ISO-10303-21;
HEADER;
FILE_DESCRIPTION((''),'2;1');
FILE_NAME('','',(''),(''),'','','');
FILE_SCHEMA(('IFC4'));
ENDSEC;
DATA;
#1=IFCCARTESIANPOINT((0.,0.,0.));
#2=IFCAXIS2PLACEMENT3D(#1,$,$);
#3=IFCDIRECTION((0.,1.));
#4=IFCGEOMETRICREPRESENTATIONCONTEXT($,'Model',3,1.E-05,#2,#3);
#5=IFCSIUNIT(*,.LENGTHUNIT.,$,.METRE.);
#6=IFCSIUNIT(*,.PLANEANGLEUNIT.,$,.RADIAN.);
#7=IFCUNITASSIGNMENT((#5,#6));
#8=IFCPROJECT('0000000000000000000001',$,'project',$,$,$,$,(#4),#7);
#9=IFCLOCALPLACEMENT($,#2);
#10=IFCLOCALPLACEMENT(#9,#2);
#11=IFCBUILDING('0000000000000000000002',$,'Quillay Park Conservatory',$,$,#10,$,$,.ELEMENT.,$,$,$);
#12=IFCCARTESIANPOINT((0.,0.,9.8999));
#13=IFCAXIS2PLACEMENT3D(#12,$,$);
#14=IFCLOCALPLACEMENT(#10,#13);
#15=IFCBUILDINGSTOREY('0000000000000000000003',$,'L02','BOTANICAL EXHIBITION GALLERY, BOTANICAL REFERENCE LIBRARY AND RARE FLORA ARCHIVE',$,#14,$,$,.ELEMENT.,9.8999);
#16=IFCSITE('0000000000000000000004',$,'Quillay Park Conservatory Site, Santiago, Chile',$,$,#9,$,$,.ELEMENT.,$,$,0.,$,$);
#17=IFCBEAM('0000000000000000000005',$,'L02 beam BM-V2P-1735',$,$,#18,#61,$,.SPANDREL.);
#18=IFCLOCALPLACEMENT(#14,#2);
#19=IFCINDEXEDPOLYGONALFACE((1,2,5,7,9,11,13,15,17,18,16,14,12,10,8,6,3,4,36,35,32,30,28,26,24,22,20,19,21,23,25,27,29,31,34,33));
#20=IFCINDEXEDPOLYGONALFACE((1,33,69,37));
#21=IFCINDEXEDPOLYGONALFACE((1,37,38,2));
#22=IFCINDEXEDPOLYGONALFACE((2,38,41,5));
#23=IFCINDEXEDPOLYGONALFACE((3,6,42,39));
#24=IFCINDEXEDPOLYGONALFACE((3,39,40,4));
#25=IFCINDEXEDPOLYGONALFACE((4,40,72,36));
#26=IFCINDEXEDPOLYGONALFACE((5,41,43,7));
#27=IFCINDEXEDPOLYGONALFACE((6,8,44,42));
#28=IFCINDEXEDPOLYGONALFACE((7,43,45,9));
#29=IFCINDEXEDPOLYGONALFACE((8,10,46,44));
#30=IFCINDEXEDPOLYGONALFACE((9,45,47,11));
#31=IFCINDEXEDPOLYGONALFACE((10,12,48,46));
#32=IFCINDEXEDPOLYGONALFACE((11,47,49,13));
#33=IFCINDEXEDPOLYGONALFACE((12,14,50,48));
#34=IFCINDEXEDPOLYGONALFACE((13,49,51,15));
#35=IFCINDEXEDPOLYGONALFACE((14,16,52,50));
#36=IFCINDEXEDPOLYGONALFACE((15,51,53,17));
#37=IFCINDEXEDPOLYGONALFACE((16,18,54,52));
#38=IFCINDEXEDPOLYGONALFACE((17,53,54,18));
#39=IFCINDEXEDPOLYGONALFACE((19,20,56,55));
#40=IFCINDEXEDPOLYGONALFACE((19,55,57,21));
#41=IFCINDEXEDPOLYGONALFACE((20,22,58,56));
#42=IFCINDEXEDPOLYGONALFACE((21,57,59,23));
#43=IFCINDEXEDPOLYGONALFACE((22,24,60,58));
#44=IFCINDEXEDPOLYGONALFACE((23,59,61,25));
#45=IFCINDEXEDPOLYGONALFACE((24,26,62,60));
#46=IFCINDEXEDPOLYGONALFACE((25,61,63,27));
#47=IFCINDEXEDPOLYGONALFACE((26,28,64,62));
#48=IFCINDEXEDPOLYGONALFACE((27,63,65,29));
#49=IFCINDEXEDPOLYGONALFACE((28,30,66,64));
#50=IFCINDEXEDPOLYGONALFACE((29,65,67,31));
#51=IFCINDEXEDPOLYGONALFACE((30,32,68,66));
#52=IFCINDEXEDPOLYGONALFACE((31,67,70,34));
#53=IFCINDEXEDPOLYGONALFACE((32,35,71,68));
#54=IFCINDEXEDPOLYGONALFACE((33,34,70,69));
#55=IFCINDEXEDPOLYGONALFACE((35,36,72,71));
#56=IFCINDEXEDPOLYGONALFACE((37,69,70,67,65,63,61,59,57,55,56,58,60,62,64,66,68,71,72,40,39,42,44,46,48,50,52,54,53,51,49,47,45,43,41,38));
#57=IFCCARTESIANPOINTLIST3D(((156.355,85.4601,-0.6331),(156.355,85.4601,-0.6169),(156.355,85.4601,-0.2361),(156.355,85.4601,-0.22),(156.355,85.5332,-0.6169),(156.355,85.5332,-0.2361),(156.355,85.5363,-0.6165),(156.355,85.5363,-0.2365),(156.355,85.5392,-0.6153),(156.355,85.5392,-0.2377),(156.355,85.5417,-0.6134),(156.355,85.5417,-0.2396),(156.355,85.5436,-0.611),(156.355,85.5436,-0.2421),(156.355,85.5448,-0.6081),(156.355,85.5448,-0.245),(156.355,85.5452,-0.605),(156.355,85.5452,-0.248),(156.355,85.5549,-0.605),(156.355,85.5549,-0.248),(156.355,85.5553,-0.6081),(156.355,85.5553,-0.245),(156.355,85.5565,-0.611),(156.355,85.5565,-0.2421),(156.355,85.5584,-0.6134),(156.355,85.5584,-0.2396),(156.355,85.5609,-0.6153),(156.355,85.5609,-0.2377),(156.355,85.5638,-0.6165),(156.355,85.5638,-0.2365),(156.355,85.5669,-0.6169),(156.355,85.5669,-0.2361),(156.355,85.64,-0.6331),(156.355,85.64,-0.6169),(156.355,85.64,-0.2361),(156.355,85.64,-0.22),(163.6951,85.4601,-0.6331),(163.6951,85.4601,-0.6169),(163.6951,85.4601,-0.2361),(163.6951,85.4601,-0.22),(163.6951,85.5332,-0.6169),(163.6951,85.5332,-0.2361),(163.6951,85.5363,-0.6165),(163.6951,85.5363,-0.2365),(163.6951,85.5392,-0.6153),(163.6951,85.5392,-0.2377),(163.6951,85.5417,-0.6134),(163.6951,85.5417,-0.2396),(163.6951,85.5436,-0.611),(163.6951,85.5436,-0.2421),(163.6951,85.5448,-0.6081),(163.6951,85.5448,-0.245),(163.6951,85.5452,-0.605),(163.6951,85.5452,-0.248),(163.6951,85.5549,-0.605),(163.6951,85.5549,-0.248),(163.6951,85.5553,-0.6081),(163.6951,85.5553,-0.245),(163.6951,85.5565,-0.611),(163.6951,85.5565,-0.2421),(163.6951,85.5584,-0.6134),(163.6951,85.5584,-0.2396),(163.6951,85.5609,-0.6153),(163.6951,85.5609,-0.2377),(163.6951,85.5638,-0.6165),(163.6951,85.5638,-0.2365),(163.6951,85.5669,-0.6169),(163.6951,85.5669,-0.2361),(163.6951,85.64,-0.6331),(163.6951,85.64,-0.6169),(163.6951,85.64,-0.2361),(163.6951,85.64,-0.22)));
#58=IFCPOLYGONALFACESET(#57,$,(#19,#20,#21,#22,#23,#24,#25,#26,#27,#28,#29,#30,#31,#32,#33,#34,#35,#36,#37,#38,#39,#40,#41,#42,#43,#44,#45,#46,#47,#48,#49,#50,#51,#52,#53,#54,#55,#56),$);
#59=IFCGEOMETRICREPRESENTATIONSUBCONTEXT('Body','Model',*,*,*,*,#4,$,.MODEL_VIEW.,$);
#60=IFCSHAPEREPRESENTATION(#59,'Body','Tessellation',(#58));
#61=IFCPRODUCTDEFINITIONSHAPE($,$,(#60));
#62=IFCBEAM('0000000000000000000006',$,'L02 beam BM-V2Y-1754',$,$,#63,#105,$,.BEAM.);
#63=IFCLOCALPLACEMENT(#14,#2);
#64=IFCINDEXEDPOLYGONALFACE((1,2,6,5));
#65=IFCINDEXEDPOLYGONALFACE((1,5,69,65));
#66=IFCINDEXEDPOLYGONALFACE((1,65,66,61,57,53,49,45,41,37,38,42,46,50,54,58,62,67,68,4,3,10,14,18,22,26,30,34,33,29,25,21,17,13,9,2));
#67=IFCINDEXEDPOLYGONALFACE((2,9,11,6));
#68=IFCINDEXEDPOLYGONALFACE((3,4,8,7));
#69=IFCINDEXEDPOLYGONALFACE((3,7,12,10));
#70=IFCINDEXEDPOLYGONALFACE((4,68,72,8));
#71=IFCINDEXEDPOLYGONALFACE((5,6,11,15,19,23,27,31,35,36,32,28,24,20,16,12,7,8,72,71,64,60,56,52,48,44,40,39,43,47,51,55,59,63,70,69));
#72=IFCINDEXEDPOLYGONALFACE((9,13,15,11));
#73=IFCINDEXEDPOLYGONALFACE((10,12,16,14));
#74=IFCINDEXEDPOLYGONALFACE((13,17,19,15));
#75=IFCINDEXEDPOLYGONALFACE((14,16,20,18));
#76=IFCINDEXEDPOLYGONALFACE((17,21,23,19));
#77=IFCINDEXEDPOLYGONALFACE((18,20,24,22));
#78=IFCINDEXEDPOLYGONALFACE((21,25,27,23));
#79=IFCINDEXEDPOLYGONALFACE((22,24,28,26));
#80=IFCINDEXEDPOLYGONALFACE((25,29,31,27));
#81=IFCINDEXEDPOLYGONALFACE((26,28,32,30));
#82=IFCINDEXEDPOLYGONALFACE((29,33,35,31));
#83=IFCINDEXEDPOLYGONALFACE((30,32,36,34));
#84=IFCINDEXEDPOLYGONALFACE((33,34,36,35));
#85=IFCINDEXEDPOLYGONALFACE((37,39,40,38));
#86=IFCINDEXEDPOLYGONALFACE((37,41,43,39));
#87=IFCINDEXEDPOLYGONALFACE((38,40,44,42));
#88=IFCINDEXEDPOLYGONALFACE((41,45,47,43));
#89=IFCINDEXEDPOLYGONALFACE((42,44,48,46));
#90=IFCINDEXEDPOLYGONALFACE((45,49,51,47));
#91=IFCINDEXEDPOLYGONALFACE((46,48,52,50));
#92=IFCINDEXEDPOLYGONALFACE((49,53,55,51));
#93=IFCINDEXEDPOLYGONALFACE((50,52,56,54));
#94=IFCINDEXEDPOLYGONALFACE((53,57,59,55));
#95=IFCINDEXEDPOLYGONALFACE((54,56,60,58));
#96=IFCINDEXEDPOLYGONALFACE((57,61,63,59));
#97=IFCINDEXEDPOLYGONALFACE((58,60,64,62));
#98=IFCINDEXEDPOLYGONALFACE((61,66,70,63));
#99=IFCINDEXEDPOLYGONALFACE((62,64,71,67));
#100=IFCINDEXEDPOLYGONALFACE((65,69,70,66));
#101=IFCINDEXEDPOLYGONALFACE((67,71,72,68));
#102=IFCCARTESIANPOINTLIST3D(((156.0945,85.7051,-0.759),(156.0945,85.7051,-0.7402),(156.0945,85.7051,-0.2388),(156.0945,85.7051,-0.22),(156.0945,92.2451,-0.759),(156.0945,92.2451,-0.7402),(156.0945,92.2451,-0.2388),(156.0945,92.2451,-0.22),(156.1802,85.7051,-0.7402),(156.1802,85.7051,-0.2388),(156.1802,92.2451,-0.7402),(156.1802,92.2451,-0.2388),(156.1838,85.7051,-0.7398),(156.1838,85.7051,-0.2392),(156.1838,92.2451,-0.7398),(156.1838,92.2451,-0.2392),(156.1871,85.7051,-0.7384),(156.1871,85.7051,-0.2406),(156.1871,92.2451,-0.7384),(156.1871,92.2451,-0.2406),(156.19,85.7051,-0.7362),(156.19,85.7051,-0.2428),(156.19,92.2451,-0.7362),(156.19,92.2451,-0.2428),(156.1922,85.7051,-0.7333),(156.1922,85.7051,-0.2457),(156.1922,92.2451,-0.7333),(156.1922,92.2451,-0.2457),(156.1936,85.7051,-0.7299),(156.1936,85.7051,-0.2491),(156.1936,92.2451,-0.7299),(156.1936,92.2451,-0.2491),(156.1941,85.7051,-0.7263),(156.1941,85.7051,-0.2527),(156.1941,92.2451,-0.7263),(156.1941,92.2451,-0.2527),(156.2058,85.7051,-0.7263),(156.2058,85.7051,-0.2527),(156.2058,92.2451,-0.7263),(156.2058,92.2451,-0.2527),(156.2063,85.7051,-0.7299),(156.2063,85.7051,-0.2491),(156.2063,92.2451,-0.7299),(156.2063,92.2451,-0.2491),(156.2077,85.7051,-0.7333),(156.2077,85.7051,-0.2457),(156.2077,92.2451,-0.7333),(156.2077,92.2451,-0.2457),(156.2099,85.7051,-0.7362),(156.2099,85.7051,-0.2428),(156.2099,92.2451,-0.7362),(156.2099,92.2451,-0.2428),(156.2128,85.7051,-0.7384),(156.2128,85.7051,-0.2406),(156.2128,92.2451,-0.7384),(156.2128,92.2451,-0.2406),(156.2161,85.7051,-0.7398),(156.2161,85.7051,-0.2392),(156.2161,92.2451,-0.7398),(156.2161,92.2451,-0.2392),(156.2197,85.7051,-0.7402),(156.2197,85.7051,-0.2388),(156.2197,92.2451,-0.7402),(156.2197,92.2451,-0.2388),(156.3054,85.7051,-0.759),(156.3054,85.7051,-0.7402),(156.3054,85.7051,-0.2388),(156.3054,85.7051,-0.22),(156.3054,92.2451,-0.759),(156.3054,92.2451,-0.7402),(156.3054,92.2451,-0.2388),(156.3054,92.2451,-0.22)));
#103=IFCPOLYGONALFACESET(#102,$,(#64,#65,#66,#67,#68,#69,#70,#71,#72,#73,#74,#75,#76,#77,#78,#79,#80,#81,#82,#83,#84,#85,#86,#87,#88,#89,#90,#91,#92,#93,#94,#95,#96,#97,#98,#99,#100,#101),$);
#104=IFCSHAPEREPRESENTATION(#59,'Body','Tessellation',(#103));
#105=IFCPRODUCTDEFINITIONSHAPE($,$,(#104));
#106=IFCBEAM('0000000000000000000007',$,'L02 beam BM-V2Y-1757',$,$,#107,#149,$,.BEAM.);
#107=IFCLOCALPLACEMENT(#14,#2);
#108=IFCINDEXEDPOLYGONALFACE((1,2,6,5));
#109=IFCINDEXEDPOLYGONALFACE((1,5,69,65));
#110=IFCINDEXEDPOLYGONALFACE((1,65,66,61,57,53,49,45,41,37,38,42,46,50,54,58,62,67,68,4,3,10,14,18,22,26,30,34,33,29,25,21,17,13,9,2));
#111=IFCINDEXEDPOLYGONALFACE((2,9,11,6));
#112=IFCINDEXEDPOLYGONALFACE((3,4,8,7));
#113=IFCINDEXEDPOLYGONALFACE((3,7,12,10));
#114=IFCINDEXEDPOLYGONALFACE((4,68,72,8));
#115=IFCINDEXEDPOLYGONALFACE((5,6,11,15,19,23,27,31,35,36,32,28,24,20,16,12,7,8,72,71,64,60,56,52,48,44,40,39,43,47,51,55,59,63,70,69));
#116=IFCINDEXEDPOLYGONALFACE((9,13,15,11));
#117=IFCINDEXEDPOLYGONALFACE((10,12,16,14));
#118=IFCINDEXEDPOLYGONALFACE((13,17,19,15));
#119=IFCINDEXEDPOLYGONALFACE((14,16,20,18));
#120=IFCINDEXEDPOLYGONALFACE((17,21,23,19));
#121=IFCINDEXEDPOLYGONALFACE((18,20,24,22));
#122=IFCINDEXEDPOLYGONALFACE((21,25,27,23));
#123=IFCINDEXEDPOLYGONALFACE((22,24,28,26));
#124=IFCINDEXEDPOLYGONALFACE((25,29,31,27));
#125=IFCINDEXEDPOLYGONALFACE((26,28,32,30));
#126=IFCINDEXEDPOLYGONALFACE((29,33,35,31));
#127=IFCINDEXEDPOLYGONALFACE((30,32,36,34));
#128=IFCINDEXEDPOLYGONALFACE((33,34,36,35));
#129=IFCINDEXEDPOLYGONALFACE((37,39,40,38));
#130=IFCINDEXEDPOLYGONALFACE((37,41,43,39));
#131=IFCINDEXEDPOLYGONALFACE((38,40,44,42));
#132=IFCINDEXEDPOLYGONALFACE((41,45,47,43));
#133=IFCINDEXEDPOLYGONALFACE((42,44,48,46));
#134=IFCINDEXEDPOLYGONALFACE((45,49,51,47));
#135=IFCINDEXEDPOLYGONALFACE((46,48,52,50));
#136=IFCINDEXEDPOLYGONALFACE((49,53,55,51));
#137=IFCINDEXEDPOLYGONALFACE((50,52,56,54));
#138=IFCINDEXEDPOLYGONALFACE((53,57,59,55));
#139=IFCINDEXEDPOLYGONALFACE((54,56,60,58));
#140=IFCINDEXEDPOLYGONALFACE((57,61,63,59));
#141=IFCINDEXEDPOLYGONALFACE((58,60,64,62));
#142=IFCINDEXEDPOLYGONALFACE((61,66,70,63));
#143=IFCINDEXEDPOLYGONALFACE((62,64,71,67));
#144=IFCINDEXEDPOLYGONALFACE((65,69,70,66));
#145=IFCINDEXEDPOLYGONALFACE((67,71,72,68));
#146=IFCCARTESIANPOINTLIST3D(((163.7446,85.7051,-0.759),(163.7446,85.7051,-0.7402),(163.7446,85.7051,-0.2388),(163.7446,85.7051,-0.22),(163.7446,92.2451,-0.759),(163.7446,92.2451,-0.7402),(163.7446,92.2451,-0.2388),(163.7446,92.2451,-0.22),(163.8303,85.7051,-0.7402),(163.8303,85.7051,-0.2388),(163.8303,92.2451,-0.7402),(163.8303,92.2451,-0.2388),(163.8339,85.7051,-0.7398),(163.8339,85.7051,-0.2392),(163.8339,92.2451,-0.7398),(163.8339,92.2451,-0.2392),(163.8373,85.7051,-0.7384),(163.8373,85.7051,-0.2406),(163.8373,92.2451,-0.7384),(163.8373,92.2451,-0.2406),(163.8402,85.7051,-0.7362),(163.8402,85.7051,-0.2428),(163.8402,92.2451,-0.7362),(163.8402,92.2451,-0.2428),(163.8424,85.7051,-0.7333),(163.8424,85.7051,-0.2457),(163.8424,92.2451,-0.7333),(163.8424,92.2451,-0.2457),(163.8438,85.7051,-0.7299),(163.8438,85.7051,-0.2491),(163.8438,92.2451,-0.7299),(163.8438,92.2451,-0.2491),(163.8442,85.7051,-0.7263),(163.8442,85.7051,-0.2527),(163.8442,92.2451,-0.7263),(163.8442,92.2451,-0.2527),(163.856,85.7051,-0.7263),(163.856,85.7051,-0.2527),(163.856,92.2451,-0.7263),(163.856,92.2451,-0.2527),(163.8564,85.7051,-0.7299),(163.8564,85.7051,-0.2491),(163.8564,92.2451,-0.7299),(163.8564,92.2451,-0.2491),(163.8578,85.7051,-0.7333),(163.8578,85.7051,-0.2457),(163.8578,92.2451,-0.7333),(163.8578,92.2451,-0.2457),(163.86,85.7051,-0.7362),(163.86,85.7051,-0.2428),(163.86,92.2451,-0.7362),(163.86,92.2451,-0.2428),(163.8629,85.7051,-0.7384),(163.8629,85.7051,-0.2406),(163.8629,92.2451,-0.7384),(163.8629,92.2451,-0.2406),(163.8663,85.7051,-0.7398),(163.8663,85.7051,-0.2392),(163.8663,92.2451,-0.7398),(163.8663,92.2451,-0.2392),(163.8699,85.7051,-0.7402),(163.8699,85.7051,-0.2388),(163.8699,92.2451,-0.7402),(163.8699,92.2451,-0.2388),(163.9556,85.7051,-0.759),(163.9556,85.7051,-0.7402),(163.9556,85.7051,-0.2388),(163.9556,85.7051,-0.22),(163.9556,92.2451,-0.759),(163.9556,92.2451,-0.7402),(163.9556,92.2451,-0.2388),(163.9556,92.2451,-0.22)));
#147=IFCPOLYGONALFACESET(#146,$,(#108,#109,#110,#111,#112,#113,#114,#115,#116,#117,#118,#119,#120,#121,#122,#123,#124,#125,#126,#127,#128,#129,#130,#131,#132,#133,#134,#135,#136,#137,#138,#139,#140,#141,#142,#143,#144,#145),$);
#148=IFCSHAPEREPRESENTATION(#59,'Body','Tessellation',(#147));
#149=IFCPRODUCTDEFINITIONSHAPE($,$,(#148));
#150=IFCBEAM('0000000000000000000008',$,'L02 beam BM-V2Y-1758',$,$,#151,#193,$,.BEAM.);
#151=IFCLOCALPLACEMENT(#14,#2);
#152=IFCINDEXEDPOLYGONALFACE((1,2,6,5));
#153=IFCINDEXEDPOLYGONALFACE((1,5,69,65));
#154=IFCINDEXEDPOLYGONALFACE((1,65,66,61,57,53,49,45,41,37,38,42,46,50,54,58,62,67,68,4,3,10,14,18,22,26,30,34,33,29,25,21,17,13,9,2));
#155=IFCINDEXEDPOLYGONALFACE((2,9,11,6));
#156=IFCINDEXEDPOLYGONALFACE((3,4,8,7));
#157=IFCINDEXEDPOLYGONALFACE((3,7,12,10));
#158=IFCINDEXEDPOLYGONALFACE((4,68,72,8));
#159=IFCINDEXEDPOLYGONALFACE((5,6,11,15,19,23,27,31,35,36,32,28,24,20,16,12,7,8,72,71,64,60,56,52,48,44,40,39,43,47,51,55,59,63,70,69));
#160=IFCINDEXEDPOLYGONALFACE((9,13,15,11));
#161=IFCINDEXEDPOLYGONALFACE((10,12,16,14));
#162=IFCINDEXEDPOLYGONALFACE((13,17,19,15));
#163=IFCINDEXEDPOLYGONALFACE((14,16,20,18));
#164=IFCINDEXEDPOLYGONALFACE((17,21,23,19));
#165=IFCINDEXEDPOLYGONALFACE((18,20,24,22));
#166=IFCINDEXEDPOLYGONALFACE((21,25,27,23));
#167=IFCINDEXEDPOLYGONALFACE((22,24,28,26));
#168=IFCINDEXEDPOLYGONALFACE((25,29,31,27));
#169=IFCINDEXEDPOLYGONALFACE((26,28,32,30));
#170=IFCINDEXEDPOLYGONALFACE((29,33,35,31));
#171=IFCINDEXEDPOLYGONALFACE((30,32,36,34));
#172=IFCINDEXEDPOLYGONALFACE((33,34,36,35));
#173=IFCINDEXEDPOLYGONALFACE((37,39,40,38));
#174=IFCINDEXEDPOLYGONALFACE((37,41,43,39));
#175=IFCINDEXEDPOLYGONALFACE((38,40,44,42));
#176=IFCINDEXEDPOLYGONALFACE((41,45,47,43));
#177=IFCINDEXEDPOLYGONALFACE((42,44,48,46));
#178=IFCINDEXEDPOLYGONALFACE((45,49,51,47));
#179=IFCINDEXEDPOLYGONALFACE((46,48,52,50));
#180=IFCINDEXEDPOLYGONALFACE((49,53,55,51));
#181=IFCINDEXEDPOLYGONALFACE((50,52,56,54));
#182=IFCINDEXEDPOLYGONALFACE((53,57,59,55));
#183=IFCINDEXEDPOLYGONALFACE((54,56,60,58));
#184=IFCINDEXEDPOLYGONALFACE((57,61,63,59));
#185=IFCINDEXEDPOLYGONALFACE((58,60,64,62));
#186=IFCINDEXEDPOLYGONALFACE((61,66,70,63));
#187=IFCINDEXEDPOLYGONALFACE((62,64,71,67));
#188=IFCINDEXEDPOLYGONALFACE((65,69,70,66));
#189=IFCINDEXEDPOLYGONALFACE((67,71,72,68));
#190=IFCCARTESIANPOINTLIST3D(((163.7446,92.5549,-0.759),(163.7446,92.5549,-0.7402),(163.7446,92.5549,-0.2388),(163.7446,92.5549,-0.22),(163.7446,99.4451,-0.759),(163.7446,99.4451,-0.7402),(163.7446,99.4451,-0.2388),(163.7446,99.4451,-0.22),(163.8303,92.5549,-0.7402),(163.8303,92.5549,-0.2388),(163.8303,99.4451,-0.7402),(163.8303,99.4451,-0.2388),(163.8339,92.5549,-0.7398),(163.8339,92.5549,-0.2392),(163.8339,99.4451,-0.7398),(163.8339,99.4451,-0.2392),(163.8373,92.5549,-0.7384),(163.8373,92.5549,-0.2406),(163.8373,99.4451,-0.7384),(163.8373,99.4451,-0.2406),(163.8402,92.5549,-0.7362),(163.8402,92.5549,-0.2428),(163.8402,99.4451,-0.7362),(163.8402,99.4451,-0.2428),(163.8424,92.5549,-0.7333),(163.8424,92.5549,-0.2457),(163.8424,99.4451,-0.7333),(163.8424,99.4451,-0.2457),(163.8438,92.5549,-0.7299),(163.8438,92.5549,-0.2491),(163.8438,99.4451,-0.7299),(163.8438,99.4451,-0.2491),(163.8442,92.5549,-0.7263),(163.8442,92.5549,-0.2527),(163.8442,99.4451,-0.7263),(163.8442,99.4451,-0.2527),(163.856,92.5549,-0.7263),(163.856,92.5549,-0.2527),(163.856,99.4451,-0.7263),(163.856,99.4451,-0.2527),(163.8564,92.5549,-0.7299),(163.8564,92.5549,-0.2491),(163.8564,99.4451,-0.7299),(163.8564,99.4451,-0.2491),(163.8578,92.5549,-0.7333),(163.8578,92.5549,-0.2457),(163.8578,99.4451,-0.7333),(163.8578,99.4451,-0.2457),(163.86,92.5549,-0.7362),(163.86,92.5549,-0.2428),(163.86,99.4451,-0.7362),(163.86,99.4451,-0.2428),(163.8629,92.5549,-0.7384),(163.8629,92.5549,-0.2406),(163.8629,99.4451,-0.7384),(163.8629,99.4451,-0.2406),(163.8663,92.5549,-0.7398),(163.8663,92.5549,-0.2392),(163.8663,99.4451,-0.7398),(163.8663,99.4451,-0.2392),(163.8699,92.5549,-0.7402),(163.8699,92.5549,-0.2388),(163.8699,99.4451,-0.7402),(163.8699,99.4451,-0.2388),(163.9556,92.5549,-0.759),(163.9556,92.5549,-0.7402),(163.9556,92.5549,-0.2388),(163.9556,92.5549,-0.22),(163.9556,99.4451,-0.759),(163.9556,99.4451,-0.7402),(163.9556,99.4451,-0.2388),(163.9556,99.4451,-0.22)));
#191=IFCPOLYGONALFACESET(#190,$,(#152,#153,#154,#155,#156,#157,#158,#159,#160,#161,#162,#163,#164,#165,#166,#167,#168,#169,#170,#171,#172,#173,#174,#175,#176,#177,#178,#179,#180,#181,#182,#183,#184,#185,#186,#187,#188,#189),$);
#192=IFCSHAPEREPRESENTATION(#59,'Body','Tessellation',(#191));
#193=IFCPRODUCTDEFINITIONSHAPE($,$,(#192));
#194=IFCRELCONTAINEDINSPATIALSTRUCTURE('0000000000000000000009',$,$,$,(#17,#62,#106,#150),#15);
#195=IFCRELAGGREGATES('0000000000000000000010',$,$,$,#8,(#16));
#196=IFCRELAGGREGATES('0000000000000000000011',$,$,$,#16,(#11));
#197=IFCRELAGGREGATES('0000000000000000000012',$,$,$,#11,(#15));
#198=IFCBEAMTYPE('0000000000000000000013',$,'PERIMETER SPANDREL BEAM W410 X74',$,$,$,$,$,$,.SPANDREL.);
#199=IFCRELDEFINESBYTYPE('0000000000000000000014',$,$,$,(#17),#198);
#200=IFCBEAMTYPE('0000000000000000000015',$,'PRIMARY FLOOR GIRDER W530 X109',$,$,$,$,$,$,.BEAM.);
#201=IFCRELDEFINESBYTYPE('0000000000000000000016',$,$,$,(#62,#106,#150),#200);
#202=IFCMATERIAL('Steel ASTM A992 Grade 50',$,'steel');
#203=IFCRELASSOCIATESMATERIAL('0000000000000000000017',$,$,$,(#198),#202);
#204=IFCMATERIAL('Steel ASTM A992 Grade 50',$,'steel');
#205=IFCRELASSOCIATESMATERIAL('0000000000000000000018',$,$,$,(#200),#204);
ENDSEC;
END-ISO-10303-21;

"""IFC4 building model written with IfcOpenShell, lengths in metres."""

from ifc_helpers import new_model, si_unit, direction, frame, origin, origin_2d, place, context, subcontext, project, spatial, i_section, extrude, material, material_profile, profile_set, type_object, element, save


model = new_model("IFC4")

# Units and contexts
model_context = context("Model", 3, precision=1e-05, world=origin(), true_north=direction((0.0, 1.0)))
body_context = subcontext(model_context, "Body", "Model", "MODEL_VIEW")
ifc_project = project(units=[si_unit("LENGTHUNIT", "METRE"), si_unit("PLANEANGLEUNIT", "RADIAN")], contexts=[model_context])

# Site, building, storey
site_placement = place(None, origin())
site = spatial("IfcSite", under=ifc_project, at=site_placement, Name="Quillay Park Conservatory Site, Santiago, Chile", CompositionType="ELEMENT", RefElevation=0.0)
building_placement = place(site_placement, origin())
building = spatial("IfcBuilding", under=site, at=building_placement, Name="Quillay Park Conservatory", CompositionType="ELEMENT")
storey_placement = place(building_placement, frame((0.0, 0.0, 9.8999)))
storey = spatial("IfcBuildingStorey", under=building, at=storey_placement, Name="L02", Description="BOTANICAL EXHIBITION GALLERY, BOTANICAL REFERENCE LIBRARY AND RARE FLORA ARCHIVE", CompositionType="ELEMENT", Elevation=9.8999)

# Beams
ifc_material_1 = material(Name="Steel ASTM A992 Grade 50", Category="steel")
ifc_material_profile_1 = material_profile(ifc_material_1, i_section(OverallWidth=0.1799, OverallDepth=0.4131, WebThickness=0.0098, FlangeThickness=0.0161, FilletRadius=0.012, at=origin_2d()), Name="W410x74")
ifc_profile_set_1 = profile_set([ifc_material_profile_1], Name="Steel ASTM A992 Grade 50")
beam_type_1 = type_object("IfcBeamType", Name="PERIMETER SPANDREL BEAM W410 X74", PredefinedType="SPANDREL", material=ifc_profile_set_1)
beam_1_placement = place(storey_placement, frame((156.355, 85.55, -0.4265), z_axis=(1.0, 0.0, 0.0), x_axis=(0.0, 1.0, 0.0)))
element("IfcBeam", 1, at=beam_1_placement, inside=storey, type_object=beam_type_1, Name="L02 beam BM-V2P-1735", PredefinedType="SPANDREL", context=body_context, shape_type="SweptSolid", body=[
    extrude(i_section(OverallWidth=0.1799, OverallDepth=0.4131, WebThickness=0.0098, FlangeThickness=0.0161, FilletRadius=0.012, at=origin_2d()), origin(), (0.0, 0.0, 1.0), 7.3401),
])
ifc_material_2 = material(Name="Steel ASTM A992 Grade 50", Category="steel")
ifc_material_profile_2 = material_profile(ifc_material_2, i_section(OverallWidth=0.2109, OverallDepth=0.5391, WebThickness=0.0117, FlangeThickness=0.0188, FilletRadius=0.0139, at=origin_2d()), Name="W530x109")
ifc_profile_set_2 = profile_set([ifc_material_profile_2], Name="Steel ASTM A992 Grade 50")
beam_type_2 = type_object("IfcBeamType", Name="PRIMARY FLOOR GIRDER W530 X109", PredefinedType="BEAM", material=ifc_profile_set_2)
for number, where, z_axis, x_axis, name in (
    (2, (156.2, 85.7051, -0.4895), (0.0, 1.0, 0.0), (-1.0, 0.0, 0.0), "L02 beam BM-V2Y-1754"),
    (3, (163.8501, 85.7051, -0.4895), (0.0, 1.0, 0.0), (-1.0, 0.0, 0.0), "L02 beam BM-V2Y-1757"),
):
    element("IfcBeam", number, at=place(storey_placement, frame(where, z_axis=z_axis, x_axis=x_axis)), inside=storey, type_object=beam_type_2, Name=name, PredefinedType="BEAM", context=body_context, shape_type="SweptSolid", body=[
        extrude(i_section(OverallWidth=0.2109, OverallDepth=0.5391, WebThickness=0.0117, FlangeThickness=0.0188, FilletRadius=0.0139, at=origin_2d()), origin(), (0.0, 0.0, 1.0), 6.54),
    ])
beam_2_placement = place(storey_placement, frame((163.8501, 92.5549, -0.4895), z_axis=(0.0, 1.0, 0.0), x_axis=(-1.0, 0.0, 0.0)))
element("IfcBeam", 4, at=beam_2_placement, inside=storey, type_object=beam_type_2, Name="L02 beam BM-V2Y-1758", PredefinedType="BEAM", context=body_context, shape_type="SweptSolid", body=[
    extrude(i_section(OverallWidth=0.2109, OverallDepth=0.5391, WebThickness=0.0117, FlangeThickness=0.0188, FilletRadius=0.0139, at=origin_2d()), origin(), (0.0, 0.0, 1.0), 6.8901),
])

save(model, "model.ifc")
